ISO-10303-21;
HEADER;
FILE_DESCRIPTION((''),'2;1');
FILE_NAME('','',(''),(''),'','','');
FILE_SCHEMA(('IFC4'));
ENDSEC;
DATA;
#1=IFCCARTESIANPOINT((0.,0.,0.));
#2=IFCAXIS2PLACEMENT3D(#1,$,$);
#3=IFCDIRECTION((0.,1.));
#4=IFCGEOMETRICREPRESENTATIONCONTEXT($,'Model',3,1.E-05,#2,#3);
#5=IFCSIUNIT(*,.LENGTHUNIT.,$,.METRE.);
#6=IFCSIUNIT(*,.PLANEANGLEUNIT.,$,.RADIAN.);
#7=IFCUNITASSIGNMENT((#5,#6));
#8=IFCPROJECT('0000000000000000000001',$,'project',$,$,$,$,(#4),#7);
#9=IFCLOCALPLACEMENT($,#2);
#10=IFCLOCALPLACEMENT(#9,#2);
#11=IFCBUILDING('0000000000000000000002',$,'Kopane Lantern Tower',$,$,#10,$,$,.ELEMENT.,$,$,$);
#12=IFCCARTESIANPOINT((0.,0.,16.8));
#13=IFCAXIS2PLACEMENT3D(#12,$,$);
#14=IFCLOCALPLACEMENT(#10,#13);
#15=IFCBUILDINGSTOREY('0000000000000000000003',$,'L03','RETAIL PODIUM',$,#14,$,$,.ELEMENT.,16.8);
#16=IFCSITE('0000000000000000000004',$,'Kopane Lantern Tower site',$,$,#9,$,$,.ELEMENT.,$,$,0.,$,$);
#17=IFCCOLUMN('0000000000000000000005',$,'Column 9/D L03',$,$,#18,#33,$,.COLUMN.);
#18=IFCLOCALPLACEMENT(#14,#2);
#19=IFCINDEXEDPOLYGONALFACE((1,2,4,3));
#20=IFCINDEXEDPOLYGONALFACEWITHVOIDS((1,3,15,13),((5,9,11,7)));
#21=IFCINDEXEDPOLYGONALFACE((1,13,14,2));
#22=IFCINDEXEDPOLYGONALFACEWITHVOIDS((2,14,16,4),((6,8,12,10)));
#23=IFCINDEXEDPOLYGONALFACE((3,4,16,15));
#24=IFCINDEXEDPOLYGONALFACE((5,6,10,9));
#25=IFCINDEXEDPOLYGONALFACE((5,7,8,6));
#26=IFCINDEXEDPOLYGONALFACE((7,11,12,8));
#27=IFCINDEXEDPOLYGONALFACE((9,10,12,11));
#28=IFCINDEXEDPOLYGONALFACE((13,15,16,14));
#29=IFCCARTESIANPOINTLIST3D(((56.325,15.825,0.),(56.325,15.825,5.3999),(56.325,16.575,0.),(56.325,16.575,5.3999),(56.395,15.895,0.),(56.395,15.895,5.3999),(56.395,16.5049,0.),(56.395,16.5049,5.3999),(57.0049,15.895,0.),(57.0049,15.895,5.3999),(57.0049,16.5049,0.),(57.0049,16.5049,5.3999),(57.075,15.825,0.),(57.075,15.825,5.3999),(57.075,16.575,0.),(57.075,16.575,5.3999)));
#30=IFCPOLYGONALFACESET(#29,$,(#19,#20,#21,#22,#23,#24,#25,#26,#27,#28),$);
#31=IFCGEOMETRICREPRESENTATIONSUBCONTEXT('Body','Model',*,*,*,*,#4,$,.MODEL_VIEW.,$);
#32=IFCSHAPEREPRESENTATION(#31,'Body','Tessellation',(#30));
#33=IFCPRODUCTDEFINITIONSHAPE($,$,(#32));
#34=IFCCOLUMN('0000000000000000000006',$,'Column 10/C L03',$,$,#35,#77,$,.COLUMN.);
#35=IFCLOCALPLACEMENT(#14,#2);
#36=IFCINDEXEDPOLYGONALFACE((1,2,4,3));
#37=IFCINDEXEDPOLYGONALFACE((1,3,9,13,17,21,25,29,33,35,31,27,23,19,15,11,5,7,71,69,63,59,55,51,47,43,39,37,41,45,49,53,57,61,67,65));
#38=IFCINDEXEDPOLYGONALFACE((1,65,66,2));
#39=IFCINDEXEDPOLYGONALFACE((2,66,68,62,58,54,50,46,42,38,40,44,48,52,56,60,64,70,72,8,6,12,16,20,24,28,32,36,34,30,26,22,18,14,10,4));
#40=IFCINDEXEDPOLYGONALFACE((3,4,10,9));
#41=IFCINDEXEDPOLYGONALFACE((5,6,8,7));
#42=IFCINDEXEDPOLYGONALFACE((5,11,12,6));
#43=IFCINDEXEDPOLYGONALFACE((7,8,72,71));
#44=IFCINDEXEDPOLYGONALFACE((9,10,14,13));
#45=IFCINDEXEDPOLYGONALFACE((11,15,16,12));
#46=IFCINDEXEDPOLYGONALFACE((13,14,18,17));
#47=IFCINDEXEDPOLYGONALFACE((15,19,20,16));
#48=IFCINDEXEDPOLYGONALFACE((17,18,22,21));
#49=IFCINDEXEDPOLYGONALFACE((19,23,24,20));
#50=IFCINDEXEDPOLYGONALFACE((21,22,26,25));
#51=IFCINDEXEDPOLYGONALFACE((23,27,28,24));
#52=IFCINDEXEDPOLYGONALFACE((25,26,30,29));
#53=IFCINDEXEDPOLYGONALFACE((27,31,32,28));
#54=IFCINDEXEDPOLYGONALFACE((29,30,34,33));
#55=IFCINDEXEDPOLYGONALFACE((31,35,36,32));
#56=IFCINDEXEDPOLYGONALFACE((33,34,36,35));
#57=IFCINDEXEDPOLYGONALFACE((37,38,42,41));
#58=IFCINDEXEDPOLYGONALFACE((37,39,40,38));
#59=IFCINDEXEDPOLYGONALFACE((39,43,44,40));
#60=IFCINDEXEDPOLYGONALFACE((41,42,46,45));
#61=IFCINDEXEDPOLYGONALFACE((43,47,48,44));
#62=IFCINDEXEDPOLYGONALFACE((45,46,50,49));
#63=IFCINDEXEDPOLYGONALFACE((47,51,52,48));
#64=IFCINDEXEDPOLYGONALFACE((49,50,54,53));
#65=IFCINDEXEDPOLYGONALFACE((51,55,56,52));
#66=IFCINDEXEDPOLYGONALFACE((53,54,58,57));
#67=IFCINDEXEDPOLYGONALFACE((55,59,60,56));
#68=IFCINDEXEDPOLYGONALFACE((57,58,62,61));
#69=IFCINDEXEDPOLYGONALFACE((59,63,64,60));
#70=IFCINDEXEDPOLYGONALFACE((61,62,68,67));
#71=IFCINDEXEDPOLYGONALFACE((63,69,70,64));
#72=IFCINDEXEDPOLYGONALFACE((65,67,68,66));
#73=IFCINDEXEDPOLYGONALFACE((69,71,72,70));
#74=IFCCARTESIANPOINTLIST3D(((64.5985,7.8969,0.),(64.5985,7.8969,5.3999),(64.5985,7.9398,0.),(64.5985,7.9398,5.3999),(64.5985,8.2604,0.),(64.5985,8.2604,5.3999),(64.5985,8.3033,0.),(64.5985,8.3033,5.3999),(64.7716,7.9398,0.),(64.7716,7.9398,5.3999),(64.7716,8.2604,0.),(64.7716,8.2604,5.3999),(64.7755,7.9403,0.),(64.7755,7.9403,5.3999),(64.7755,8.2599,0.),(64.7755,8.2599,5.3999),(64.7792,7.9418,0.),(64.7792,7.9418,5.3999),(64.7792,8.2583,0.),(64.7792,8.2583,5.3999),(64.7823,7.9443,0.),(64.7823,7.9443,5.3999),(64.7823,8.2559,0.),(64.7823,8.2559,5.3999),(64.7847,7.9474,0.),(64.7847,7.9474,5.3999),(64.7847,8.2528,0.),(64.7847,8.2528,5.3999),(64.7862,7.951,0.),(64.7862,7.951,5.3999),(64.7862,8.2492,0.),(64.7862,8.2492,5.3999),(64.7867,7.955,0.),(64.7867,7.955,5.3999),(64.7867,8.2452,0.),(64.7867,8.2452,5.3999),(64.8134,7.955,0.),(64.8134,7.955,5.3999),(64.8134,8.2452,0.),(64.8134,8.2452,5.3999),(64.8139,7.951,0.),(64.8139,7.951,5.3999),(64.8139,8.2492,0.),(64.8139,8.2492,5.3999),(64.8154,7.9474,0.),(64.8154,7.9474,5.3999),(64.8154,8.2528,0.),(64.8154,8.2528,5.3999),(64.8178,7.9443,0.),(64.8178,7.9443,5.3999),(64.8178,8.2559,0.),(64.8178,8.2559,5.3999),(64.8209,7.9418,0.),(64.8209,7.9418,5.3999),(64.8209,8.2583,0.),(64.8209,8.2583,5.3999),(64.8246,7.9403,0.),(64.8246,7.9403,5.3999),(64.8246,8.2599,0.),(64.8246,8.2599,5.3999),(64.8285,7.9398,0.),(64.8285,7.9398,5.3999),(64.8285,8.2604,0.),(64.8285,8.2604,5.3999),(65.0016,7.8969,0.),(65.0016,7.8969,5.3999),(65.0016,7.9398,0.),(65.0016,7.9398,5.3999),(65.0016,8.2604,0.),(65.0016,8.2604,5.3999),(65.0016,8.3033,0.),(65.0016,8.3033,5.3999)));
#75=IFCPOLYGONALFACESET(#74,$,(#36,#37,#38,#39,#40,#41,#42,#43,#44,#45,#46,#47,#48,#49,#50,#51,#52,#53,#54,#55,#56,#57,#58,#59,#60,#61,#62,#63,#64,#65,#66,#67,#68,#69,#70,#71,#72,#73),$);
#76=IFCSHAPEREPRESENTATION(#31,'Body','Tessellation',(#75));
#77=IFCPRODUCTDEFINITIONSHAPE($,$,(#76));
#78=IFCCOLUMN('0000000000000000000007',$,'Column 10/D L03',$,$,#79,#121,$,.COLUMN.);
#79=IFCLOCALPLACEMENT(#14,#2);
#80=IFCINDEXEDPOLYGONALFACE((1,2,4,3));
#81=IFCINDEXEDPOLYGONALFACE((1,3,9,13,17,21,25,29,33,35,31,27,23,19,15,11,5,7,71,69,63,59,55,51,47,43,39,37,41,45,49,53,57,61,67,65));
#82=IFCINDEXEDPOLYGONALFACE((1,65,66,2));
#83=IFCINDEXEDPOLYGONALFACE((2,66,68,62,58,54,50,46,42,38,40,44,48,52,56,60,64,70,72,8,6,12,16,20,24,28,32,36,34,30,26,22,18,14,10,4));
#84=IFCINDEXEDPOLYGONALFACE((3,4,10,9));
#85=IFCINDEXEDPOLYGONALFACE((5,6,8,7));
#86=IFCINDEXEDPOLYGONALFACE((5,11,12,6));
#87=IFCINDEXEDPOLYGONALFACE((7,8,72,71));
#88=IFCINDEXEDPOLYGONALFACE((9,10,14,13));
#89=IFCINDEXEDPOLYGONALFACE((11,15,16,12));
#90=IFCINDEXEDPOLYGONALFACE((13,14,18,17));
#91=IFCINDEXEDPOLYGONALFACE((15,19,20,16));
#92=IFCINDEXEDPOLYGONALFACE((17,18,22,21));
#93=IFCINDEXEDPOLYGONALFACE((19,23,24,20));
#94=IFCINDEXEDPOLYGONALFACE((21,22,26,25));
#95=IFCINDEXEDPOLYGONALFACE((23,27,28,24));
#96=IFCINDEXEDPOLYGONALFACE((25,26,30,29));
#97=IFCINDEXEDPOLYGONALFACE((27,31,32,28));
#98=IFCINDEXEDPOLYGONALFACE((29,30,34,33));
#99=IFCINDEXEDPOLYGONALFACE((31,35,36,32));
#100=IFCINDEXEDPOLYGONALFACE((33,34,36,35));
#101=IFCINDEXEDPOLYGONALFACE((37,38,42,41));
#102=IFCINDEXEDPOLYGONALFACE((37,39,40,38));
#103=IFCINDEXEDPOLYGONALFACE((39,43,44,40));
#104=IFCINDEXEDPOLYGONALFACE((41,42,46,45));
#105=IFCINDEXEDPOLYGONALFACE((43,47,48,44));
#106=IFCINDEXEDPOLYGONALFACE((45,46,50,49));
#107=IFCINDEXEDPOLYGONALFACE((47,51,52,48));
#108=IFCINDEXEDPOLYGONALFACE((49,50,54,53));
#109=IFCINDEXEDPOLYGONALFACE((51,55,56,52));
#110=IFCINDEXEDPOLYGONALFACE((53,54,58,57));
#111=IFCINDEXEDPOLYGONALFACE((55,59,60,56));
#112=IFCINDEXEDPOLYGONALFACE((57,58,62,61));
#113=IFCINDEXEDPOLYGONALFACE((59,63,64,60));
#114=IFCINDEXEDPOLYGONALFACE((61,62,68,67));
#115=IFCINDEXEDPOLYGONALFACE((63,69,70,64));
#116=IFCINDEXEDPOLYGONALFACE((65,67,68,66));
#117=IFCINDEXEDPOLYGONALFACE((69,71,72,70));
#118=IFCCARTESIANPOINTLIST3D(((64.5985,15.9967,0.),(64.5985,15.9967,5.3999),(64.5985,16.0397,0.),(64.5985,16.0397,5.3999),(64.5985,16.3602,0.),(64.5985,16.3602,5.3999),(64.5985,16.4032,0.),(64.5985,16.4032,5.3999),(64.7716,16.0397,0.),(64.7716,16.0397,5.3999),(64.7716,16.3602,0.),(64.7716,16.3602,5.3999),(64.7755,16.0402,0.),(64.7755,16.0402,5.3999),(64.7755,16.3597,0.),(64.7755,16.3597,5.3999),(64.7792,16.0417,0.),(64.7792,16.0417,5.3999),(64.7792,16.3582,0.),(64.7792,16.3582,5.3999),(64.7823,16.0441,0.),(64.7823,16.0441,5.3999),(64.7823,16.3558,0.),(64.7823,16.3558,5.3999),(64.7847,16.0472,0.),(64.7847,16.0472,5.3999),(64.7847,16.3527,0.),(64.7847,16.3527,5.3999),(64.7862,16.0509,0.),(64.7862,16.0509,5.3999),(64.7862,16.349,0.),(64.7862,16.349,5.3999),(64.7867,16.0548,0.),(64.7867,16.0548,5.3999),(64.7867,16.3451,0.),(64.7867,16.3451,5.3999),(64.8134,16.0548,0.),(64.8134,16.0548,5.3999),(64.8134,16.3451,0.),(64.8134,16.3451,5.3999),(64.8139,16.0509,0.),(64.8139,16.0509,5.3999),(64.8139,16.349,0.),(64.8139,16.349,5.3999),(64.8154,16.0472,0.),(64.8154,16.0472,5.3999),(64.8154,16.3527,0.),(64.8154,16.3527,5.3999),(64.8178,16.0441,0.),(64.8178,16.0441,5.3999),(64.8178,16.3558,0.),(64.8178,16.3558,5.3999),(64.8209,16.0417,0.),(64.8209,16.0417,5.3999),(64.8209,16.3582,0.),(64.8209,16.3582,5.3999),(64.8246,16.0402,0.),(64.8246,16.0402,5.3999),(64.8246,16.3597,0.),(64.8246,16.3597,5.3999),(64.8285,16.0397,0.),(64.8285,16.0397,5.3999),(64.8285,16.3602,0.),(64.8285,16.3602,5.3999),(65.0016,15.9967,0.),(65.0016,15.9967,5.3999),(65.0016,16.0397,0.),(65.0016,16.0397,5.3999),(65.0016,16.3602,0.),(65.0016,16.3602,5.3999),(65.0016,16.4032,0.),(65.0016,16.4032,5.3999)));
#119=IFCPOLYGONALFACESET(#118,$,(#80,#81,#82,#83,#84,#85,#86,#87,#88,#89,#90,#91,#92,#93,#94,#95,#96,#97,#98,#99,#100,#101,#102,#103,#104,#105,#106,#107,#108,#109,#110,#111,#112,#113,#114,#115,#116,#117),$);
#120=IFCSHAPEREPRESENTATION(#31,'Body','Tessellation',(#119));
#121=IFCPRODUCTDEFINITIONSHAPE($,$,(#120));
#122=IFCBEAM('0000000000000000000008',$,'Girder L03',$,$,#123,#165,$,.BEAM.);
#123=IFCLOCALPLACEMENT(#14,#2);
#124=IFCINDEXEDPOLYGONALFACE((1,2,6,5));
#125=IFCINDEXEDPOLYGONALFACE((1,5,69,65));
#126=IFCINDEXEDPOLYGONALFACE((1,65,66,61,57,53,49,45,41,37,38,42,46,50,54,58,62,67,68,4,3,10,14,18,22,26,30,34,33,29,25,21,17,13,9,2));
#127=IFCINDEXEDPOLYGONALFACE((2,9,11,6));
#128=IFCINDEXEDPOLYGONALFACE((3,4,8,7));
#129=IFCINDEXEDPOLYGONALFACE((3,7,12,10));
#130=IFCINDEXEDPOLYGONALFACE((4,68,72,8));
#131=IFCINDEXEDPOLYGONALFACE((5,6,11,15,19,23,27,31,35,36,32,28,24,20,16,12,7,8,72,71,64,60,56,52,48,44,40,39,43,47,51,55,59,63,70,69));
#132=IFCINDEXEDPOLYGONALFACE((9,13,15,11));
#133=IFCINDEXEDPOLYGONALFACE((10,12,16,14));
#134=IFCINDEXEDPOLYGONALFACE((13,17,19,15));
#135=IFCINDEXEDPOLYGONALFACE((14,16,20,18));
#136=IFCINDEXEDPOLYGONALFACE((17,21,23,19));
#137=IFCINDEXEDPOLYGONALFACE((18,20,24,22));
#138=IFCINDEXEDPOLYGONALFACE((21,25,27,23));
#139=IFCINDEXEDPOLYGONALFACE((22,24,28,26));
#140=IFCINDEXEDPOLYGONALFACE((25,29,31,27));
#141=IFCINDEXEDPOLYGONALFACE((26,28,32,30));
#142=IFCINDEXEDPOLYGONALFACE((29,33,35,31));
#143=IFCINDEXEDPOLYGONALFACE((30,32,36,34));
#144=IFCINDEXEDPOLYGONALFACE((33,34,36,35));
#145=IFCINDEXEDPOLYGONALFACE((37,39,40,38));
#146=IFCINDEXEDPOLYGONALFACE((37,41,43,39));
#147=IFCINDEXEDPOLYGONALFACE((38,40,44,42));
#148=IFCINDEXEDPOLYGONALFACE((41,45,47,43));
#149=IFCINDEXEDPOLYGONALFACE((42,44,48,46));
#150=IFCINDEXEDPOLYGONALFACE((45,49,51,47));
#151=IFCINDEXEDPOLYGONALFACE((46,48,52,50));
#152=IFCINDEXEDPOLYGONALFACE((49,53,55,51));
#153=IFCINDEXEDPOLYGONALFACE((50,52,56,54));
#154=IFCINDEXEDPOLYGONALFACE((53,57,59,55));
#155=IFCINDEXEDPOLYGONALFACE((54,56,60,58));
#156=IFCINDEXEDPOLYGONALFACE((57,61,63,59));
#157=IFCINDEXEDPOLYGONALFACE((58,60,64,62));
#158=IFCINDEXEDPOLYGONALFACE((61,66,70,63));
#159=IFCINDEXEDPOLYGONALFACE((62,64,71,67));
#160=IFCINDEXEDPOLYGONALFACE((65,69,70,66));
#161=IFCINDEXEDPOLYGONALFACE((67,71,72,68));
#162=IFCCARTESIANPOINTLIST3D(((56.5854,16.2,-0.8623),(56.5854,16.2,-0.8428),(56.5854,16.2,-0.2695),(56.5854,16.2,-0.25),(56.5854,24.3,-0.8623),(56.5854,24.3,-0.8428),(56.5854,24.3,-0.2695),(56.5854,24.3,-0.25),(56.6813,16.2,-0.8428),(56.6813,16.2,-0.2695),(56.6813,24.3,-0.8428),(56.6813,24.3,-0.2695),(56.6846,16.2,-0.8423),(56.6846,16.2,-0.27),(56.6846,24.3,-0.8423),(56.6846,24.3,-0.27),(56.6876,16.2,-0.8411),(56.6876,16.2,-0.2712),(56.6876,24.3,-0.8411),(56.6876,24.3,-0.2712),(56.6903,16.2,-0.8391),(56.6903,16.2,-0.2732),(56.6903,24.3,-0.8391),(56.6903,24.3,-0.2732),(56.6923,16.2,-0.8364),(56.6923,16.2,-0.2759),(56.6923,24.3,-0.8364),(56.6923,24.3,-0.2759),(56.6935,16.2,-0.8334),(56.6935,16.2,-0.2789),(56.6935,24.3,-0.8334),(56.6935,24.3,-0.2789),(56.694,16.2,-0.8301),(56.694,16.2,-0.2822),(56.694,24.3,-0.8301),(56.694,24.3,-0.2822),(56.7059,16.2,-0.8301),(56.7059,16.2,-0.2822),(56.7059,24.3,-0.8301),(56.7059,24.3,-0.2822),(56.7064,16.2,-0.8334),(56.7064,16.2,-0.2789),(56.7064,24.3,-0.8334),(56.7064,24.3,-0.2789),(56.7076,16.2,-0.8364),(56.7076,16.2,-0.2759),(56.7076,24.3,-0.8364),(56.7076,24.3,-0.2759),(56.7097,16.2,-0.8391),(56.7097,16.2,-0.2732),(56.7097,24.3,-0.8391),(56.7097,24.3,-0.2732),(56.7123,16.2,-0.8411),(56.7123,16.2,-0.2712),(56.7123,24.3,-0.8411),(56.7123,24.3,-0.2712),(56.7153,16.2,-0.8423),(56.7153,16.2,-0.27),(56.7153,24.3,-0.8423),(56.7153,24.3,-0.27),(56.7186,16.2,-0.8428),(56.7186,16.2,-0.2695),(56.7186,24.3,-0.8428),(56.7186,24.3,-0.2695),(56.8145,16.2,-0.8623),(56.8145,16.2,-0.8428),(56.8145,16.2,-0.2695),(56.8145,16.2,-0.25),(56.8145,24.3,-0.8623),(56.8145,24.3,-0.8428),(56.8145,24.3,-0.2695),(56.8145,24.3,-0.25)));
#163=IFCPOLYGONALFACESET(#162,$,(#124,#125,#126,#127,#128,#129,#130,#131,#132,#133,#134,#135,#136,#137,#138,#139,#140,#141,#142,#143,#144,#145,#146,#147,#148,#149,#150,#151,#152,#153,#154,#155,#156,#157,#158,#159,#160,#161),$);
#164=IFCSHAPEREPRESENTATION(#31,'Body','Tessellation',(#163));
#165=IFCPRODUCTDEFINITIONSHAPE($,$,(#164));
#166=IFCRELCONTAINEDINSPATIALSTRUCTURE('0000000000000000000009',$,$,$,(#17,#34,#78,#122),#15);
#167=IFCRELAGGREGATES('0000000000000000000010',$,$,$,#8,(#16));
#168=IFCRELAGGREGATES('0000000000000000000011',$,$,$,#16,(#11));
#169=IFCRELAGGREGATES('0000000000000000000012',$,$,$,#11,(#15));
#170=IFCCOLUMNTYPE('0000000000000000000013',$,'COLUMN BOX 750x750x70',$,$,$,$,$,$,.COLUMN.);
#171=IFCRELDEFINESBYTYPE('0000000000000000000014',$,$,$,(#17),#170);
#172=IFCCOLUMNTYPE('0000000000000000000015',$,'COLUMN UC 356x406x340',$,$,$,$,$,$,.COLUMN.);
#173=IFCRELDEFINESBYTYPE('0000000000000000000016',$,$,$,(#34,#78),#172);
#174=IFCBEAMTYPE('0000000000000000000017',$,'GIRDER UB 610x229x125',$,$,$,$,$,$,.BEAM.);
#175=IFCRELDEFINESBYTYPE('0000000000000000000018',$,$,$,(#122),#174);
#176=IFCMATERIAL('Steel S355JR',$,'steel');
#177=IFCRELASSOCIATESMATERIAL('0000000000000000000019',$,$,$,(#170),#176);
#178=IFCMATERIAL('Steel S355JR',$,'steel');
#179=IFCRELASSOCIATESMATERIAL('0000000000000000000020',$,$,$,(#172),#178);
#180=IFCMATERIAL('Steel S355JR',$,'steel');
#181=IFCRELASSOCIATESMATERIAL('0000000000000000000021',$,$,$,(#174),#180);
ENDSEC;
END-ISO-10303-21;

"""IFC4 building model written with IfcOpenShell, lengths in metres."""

from ifc_helpers import new_model, si_unit, direction, frame, origin, origin_2d, place, context, subcontext, project, spatial, hollow_rectangle, i_section, extrude, material, material_profile, profile_set, type_object, element, save


model = new_model("IFC4")

# Units and contexts
model_context = context("Model", 3, precision=1e-05, world=origin(), true_north=direction((0.0, 1.0)))
body_context = subcontext(model_context, "Body", "Model", "MODEL_VIEW")
ifc_project = project(units=[si_unit("LENGTHUNIT", "METRE"), si_unit("PLANEANGLEUNIT", "RADIAN")], contexts=[model_context])

# Site, building, storey
site_placement = place(None, origin())
site = spatial("IfcSite", under=ifc_project, at=site_placement, Name="Kopane Lantern Tower site", CompositionType="ELEMENT", RefElevation=0.0)
building_placement = place(site_placement, origin())
building = spatial("IfcBuilding", under=site, at=building_placement, Name="Kopane Lantern Tower", CompositionType="ELEMENT")
storey_placement = place(building_placement, frame((0.0, 0.0, 16.8)))
storey = spatial("IfcBuildingStorey", under=building, at=storey_placement, Name="L03", Description="RETAIL PODIUM", CompositionType="ELEMENT", Elevation=16.8)

# Columns
ifc_material_1 = material(Name="Steel S355JR", Category="steel")
ifc_material_profile_1 = material_profile(ifc_material_1, hollow_rectangle(XDim=0.75, YDim=0.75, WallThickness=0.0701, at=origin_2d()), Name="BOX 750x750x70")
ifc_profile_set_1 = profile_set([ifc_material_profile_1], Name="Steel S355JR")
column_type_1 = type_object("IfcColumnType", Name="COLUMN BOX 750x750x70", PredefinedType="COLUMN", material=ifc_profile_set_1)
column_placement = place(storey_placement, frame((56.7, 16.2, 0.0), z_axis=(0.0, 0.0, 1.0), x_axis=(1.0, 0.0, 0.0)))
element("IfcColumn", 1, at=column_placement, inside=storey, type_object=column_type_1, Name="Column 9/D L03", PredefinedType="COLUMN", context=body_context, shape_type="SweptSolid", body=[
    extrude(hollow_rectangle(XDim=0.75, YDim=0.75, WallThickness=0.0701, at=origin_2d()), origin(), (0.0, 0.0, 1.0), 5.3999),
])
ifc_material_2 = material(Name="Steel S355JR", Category="steel")
ifc_material_profile_2 = material_profile(ifc_material_2, i_section(OverallWidth=0.4031, OverallDepth=0.4065, WebThickness=0.0266, FlangeThickness=0.043, FilletRadius=0.0151, at=origin_2d()), Name="UC 356x406x340")
ifc_profile_set_2 = profile_set([ifc_material_profile_2], Name="Steel S355JR")
column_type_2 = type_object("IfcColumnType", Name="COLUMN UC 356x406x340", PredefinedType="COLUMN", material=ifc_profile_set_2)
for number, where, z_axis, x_axis, name in (
    (2, (64.8, 8.1001, 0.0), (0.0, 0.0, 1.0), (1.0, 0.0, 0.0), "Column 10/C L03"),
    (3, (64.8, 16.2, 0.0), (0.0, 0.0, 1.0), (1.0, 0.0, 0.0), "Column 10/D L03"),
):
    element("IfcColumn", number, at=place(storey_placement, frame(where, z_axis=z_axis, x_axis=x_axis)), inside=storey, type_object=column_type_2, Name=name, PredefinedType="COLUMN", context=body_context, shape_type="SweptSolid", body=[
        extrude(i_section(OverallWidth=0.4031, OverallDepth=0.4065, WebThickness=0.0266, FlangeThickness=0.043, FilletRadius=0.0151, at=origin_2d()), origin(), (0.0, 0.0, 1.0), 5.3999),
    ])

# Beam
ifc_material_3 = material(Name="Steel S355JR", Category="steel")
ifc_material_profile_3 = material_profile(ifc_material_3, i_section(OverallWidth=0.229, OverallDepth=0.6123, WebThickness=0.012, FlangeThickness=0.0195, FilletRadius=0.0127, at=origin_2d()), Name="UB 610x229x125")
ifc_profile_set_3 = profile_set([ifc_material_profile_3], Name="Steel S355JR")
beam_type = type_object("IfcBeamType", Name="GIRDER UB 610x229x125", PredefinedType="BEAM", material=ifc_profile_set_3)
for number, where, z_axis, x_axis, name in (
    (4, (56.7, 16.2, -0.5562), (0.0, 1.0, 0.0), (-1.0, 0.0, 0.0), "Girder L03"),
):
    element("IfcBeam", number, at=place(storey_placement, frame(where, z_axis=z_axis, x_axis=x_axis)), inside=storey, type_object=beam_type, Name=name, PredefinedType="BEAM", context=body_context, shape_type="SweptSolid", body=[
        extrude(i_section(OverallWidth=0.229, OverallDepth=0.6123, WebThickness=0.012, FlangeThickness=0.0195, FilletRadius=0.0127, at=origin_2d()), origin(), (0.0, 0.0, 1.0), 8.1001),
    ])

save(model, "model.ifc")
